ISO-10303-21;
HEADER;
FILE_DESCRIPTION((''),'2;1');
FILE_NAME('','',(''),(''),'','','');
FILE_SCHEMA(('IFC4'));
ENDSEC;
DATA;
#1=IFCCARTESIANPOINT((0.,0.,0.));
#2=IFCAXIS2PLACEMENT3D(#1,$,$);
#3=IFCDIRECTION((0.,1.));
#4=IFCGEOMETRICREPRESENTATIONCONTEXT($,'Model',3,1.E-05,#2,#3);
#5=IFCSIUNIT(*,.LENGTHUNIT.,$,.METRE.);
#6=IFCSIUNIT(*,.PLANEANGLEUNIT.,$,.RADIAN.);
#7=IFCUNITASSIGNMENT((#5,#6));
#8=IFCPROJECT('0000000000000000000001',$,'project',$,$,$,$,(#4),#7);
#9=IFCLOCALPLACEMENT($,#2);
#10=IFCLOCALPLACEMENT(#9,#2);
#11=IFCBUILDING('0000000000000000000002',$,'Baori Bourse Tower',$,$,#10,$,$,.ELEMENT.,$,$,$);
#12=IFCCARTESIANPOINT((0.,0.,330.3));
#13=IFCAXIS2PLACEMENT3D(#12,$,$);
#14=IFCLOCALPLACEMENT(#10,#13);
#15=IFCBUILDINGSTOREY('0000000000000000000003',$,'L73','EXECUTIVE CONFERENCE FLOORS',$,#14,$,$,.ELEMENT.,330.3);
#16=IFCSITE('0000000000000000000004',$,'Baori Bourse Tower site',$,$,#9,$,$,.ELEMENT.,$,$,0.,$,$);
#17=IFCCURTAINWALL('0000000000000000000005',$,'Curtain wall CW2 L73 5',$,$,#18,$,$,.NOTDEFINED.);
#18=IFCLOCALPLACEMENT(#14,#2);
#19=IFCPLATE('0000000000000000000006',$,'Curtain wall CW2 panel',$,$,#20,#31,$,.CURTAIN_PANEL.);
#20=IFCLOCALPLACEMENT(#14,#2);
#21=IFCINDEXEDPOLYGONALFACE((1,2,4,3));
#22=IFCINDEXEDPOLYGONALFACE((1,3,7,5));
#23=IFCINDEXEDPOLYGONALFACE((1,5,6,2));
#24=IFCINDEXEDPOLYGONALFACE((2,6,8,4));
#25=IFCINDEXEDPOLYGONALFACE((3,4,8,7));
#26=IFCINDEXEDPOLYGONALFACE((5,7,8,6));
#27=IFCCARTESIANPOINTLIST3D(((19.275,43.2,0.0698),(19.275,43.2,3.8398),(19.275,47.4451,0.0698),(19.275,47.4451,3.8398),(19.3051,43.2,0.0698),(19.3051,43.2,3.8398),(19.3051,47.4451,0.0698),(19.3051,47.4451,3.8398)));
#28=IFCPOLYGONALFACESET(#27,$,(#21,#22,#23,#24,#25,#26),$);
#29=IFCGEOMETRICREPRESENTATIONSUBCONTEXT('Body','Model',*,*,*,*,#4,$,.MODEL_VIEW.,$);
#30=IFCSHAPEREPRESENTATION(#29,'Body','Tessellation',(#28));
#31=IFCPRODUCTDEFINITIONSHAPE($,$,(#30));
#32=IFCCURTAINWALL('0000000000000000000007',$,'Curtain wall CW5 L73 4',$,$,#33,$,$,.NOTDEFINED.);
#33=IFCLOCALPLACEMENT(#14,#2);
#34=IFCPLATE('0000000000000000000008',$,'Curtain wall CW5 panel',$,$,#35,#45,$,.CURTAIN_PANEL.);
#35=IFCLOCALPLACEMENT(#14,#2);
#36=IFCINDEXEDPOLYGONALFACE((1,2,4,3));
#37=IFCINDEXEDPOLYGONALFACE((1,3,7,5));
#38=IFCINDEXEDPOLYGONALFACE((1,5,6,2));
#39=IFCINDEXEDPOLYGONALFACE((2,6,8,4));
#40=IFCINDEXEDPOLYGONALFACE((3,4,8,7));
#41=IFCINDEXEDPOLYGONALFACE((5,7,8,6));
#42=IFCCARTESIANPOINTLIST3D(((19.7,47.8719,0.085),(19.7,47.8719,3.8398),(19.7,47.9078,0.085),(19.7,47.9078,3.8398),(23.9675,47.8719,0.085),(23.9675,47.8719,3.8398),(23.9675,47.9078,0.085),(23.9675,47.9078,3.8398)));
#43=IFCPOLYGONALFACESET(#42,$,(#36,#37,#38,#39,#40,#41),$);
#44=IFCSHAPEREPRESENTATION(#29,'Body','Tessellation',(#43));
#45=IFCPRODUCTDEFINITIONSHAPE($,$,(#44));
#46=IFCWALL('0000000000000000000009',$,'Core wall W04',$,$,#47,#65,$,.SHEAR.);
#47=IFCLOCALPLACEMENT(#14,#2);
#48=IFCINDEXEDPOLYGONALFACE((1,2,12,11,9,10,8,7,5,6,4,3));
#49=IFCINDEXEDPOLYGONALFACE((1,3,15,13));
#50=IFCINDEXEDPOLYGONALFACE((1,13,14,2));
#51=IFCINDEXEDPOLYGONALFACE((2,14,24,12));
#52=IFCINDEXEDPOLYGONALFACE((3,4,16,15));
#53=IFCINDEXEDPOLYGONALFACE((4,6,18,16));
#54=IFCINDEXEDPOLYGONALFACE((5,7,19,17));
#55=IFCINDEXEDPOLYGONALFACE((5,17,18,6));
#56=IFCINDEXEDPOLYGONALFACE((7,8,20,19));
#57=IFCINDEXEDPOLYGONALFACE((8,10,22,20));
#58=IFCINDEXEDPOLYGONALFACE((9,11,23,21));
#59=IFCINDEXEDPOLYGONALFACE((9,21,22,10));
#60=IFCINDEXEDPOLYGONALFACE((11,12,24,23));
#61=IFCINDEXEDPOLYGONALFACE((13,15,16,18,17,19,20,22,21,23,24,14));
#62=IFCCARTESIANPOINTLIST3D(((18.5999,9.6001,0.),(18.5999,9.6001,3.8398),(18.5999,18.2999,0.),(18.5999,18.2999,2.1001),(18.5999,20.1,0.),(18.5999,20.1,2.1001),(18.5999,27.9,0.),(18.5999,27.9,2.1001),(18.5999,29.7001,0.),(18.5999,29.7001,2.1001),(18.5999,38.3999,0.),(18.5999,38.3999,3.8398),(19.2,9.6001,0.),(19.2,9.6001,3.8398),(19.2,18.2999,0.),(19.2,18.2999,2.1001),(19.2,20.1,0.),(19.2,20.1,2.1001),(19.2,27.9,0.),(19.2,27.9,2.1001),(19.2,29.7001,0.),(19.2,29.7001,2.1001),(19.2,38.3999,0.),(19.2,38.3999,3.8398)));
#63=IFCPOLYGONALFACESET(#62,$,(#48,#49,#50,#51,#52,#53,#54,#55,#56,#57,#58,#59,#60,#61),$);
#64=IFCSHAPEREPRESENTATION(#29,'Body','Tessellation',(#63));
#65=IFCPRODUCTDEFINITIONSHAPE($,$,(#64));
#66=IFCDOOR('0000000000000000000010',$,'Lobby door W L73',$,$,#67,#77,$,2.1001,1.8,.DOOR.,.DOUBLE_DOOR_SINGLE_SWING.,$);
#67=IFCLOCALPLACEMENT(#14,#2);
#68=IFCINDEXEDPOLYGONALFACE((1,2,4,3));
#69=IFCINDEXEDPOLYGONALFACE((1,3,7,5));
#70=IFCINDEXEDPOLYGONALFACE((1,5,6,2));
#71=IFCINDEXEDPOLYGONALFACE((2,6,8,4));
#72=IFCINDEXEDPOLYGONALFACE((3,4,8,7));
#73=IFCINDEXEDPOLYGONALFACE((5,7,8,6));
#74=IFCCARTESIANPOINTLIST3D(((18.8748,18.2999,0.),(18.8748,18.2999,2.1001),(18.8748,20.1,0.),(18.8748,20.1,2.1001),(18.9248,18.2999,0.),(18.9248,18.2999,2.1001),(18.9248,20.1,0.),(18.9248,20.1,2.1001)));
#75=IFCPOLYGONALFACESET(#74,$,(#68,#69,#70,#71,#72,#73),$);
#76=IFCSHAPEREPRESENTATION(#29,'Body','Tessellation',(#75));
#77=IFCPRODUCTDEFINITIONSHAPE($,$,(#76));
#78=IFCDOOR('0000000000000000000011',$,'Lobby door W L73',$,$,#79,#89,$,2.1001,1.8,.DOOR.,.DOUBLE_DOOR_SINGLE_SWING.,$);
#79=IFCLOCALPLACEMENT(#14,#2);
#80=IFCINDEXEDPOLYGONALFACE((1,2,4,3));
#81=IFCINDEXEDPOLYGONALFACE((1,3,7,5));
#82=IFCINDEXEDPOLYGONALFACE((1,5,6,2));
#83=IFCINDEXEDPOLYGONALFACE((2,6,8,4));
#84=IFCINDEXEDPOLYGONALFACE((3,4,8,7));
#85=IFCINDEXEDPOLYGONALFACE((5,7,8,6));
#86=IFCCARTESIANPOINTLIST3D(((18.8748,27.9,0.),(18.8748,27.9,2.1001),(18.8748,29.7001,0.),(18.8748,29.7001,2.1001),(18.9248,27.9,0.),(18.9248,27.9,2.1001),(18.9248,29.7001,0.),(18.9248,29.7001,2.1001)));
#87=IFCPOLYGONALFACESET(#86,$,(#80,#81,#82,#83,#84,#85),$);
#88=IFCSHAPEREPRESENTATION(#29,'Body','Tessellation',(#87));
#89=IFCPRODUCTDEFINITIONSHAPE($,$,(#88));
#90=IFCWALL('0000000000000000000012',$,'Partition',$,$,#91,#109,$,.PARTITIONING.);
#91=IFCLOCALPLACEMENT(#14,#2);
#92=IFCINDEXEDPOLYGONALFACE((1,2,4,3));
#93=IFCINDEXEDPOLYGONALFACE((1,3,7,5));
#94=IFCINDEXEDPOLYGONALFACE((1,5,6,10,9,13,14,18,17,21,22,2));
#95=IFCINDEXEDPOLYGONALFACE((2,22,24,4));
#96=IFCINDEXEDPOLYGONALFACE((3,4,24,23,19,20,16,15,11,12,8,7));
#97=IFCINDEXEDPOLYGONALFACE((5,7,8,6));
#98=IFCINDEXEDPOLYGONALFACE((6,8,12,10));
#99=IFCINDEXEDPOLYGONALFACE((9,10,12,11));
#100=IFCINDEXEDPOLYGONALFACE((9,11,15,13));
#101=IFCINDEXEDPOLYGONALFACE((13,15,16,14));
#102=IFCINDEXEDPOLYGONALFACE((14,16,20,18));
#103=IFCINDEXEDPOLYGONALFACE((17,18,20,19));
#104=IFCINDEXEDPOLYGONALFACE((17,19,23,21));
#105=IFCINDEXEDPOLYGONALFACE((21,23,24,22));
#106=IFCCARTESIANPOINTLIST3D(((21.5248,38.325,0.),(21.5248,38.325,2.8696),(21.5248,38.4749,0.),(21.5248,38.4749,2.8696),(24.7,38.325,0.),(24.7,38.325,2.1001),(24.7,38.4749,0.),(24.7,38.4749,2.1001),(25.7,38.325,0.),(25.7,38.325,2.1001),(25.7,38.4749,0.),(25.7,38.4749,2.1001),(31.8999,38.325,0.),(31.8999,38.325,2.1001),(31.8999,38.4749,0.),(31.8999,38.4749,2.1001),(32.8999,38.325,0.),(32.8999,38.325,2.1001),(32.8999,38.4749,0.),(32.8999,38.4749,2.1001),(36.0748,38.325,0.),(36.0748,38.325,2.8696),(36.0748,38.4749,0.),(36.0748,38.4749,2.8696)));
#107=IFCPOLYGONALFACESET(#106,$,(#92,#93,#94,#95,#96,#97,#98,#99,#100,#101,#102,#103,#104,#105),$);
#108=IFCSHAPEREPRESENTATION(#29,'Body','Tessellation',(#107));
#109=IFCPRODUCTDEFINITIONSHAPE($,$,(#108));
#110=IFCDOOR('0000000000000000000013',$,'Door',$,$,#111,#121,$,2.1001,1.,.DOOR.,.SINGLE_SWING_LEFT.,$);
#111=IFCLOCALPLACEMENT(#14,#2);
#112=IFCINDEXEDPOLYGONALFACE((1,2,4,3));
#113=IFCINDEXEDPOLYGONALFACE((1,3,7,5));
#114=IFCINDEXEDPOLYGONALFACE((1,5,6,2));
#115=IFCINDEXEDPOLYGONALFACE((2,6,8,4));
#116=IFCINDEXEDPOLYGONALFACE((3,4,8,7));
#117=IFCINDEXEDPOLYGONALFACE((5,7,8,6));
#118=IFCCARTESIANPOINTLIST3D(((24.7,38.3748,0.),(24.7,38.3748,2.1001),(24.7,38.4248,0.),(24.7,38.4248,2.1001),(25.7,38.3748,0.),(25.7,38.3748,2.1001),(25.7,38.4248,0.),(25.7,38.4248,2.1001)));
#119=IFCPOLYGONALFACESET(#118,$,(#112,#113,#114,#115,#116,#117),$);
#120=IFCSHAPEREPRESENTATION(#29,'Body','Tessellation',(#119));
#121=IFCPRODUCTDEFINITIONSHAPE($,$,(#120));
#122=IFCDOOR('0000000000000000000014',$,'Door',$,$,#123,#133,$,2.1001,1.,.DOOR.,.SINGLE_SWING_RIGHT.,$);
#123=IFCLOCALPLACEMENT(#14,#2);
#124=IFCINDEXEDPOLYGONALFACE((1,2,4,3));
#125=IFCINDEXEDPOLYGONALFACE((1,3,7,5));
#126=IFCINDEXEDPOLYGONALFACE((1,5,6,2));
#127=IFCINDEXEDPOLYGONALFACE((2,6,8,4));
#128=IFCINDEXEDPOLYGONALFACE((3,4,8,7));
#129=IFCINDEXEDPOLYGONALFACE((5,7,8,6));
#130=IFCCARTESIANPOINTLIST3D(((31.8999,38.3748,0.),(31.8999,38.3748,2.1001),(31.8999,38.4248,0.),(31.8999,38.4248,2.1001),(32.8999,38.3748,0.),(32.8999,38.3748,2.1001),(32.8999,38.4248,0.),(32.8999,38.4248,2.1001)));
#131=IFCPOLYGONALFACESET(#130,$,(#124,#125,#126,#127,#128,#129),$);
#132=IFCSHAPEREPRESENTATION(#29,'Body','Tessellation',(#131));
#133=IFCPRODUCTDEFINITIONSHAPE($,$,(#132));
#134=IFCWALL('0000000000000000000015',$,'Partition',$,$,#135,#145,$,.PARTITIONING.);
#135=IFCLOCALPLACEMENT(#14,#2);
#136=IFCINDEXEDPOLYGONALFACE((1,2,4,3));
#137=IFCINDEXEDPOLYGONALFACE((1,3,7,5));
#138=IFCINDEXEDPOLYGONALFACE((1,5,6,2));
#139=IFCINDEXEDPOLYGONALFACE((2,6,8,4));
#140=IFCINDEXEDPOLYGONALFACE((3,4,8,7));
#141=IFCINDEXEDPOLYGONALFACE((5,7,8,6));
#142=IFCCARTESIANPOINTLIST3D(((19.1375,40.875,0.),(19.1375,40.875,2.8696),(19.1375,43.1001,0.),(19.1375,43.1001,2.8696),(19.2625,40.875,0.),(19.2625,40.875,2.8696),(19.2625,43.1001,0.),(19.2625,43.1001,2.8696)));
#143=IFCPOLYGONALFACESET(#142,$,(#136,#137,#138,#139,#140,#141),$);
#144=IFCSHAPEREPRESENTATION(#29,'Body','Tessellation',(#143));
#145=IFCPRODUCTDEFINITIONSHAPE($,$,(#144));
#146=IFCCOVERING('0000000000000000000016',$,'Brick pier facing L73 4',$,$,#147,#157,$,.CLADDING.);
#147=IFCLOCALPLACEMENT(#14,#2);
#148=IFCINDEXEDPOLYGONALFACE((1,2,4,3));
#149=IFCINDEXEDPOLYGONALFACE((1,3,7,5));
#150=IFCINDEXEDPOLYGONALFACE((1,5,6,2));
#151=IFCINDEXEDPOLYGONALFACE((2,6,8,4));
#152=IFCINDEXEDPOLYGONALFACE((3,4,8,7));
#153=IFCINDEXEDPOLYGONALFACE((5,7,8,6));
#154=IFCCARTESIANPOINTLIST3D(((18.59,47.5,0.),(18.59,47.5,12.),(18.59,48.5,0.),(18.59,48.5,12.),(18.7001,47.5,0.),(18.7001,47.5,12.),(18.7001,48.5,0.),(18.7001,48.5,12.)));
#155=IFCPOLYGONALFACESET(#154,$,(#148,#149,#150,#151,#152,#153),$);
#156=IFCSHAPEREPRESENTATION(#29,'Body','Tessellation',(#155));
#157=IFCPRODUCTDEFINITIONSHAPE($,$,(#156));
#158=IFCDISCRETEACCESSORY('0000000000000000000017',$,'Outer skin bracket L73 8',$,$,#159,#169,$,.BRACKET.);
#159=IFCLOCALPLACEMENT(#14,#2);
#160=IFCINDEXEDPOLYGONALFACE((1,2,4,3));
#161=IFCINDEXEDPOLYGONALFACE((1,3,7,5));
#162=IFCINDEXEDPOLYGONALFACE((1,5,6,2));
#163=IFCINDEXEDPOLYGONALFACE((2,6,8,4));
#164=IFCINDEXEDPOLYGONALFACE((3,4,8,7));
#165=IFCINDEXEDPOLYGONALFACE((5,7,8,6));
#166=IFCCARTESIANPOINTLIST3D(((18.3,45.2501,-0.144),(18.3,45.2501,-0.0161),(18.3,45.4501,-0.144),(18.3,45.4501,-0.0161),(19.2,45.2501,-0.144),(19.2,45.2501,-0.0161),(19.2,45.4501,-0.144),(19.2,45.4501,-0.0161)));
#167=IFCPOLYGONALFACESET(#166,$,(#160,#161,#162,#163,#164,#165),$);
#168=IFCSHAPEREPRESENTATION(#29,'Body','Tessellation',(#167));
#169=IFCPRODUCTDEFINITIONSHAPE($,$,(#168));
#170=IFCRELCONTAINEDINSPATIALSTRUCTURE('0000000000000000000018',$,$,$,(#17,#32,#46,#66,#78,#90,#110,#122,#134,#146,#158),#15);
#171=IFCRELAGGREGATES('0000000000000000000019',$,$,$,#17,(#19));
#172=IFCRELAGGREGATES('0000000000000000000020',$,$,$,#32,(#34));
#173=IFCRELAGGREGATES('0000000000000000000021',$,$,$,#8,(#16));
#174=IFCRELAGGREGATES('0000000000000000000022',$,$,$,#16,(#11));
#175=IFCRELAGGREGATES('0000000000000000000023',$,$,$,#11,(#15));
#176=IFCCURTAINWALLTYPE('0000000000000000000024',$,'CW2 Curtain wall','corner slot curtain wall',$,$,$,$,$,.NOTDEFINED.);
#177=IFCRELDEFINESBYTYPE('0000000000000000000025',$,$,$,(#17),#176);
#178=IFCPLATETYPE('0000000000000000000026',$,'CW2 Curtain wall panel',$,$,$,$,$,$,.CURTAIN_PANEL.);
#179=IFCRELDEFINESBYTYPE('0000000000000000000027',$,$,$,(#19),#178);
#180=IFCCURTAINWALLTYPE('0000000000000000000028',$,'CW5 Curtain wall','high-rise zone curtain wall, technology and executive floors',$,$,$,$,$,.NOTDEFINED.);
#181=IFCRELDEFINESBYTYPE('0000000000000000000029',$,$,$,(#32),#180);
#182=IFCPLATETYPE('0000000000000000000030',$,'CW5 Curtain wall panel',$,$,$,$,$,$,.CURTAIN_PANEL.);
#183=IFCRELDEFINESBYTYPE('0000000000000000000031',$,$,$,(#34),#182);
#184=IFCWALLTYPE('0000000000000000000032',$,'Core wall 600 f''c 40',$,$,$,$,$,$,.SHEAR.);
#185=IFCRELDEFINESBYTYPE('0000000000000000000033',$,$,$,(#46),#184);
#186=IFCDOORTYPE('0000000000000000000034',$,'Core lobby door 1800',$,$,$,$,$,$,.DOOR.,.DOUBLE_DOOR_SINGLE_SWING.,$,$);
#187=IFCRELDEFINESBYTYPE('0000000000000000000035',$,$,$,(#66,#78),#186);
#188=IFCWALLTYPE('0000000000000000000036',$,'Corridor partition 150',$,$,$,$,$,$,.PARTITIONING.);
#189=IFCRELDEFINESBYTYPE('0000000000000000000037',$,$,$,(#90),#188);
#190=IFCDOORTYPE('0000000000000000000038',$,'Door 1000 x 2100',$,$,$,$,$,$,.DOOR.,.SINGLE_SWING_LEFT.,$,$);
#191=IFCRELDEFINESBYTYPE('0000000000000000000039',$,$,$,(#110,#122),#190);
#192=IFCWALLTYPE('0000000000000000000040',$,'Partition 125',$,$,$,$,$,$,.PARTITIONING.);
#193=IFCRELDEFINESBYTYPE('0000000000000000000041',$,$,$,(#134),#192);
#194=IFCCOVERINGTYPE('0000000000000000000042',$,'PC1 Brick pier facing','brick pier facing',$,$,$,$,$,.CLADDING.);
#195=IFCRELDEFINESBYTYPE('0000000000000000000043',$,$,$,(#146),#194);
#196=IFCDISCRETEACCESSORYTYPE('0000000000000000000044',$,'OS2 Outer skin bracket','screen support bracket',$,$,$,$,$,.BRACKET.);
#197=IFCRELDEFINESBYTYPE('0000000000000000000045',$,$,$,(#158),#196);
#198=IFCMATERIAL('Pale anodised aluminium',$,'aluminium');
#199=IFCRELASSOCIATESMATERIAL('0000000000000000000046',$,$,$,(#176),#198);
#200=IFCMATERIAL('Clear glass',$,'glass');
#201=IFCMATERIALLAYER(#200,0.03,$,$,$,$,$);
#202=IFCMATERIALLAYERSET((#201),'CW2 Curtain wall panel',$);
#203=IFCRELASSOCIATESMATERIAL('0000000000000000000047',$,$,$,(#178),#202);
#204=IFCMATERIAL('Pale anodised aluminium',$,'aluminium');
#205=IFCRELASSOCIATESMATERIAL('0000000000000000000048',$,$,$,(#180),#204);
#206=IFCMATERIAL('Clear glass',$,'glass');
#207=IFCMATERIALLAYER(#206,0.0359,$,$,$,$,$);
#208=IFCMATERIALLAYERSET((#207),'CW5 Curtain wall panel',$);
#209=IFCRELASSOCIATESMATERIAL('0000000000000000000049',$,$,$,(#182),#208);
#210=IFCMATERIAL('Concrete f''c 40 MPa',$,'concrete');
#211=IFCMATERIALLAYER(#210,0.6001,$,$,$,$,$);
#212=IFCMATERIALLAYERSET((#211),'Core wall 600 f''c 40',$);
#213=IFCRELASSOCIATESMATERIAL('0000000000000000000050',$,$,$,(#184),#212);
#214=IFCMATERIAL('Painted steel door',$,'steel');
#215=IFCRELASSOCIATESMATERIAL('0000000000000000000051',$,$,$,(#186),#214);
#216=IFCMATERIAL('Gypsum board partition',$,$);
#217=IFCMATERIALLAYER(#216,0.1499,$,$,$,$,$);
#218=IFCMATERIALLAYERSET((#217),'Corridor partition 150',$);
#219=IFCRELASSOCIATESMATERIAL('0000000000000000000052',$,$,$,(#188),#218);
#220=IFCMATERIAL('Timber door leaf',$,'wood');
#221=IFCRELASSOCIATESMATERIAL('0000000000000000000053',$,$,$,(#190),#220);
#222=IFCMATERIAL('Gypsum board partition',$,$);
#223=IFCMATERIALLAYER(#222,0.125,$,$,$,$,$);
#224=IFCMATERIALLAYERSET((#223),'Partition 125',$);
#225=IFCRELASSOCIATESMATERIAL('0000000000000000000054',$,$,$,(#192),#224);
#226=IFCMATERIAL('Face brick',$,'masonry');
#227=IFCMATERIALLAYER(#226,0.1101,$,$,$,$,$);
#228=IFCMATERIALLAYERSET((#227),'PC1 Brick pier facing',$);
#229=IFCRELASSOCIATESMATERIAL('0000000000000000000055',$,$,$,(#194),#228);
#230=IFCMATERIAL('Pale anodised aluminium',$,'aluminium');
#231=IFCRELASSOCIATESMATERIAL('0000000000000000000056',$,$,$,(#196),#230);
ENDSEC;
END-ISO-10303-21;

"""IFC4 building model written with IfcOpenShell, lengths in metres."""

from ifc_helpers import new_model, si_unit, direction, frame, frame_2d, origin, origin_2d, place, context, subcontext, project, spatial, rectangle, extrude, material, layer, layer_set, type_object, element, fill, aggregate, save


model = new_model("IFC4")

# Units and contexts
model_context = context("Model", 3, precision=1e-05, world=origin(), true_north=direction((0.0, 1.0)))
body_context = subcontext(model_context, "Body", "Model", "MODEL_VIEW")
ifc_project = project(units=[si_unit("LENGTHUNIT", "METRE"), si_unit("PLANEANGLEUNIT", "RADIAN")], contexts=[model_context])

# Site, building, storey
site_placement = place(None, origin())
site = spatial("IfcSite", under=ifc_project, at=site_placement, Name="Baori Bourse Tower site", CompositionType="ELEMENT", RefElevation=0.0)
building_placement = place(site_placement, origin())
building = spatial("IfcBuilding", under=site, at=building_placement, Name="Baori Bourse Tower", CompositionType="ELEMENT")
storey_placement = place(building_placement, frame((0.0, 0.0, 330.3)))
storey = spatial("IfcBuildingStorey", under=building, at=storey_placement, Name="L73", Description="EXECUTIVE CONFERENCE FLOORS", CompositionType="ELEMENT", Elevation=330.3)

# Curtain wall
ifc_material_1 = material(Name="Pale anodised aluminium", Category="aluminium")
curtain_wall_type_1 = type_object("IfcCurtainWallType", Name="CW2 Curtain wall", Description="corner slot curtain wall", PredefinedType="NOTDEFINED", material=ifc_material_1)
curtain_wall_1_placement = place(storey_placement, origin())
curtain_wall_1 = element("IfcCurtainWall", 1, at=curtain_wall_1_placement, inside=storey, type_object=curtain_wall_type_1, Name="Curtain wall CW2 L73 5", PredefinedType="NOTDEFINED")

# Plate
ifc_material_2 = material(Name="Clear glass", Category="glass")
ifc_layer_1 = layer(ifc_material_2, 0.03)
ifc_layer_set_1 = layer_set([ifc_layer_1], Name="CW2 Curtain wall panel")
plate_type_1 = type_object("IfcPlateType", Name="CW2 Curtain wall panel", PredefinedType="CURTAIN_PANEL", material=ifc_layer_set_1)
plate_1_placement = place(storey_placement, frame((19.29, 45.3225, 0.0698), z_axis=(0.0, 0.0, 1.0), x_axis=(0.0, -1.0, 0.0)))
plate_1 = element("IfcPlate", 2, at=plate_1_placement, type_object=plate_type_1, Name="Curtain wall CW2 panel", PredefinedType="CURTAIN_PANEL", context=body_context, shape_type="SweptSolid", body=[
    extrude(rectangle(XDim=4.2451, YDim=0.03, at=origin_2d()), origin(), (0.0, 0.0, 1.0), 3.77),
])
aggregate(curtain_wall_1, [plate_1])

# Curtain wall, plate
ifc_material_3 = material(Name="Pale anodised aluminium", Category="aluminium")
curtain_wall_type_2 = type_object("IfcCurtainWallType", Name="CW5 Curtain wall", Description="high-rise zone curtain wall, technology and executive floors", PredefinedType="NOTDEFINED", material=ifc_material_3)
curtain_wall_2_placement = place(storey_placement, origin())
curtain_wall_2 = element("IfcCurtainWall", 3, at=curtain_wall_2_placement, inside=storey, type_object=curtain_wall_type_2, Name="Curtain wall CW5 L73 4", PredefinedType="NOTDEFINED")
ifc_material_4 = material(Name="Clear glass", Category="glass")
ifc_layer_2 = layer(ifc_material_4, 0.0359)
ifc_layer_set_2 = layer_set([ifc_layer_2], Name="CW5 Curtain wall panel")
plate_type_2 = type_object("IfcPlateType", Name="CW5 Curtain wall panel", PredefinedType="CURTAIN_PANEL", material=ifc_layer_set_2)
plate_2_placement = place(storey_placement, frame((21.8337, 47.8899, 0.085), z_axis=(0.0, 0.0, 1.0), x_axis=(-1.0, 0.0, 0.0)))
plate_2 = element("IfcPlate", 4, at=plate_2_placement, type_object=plate_type_2, Name="Curtain wall CW5 panel", PredefinedType="CURTAIN_PANEL", context=body_context, shape_type="SweptSolid", body=[
    extrude(rectangle(XDim=4.2676, YDim=0.0359, at=origin_2d()), origin(), (0.0, 0.0, 1.0), 3.7549),
])
aggregate(curtain_wall_2, [plate_2])

# Walls, openings, doors
ifc_material_5 = material(Name="Concrete f'c 40 MPa", Category="concrete")
ifc_layer_3 = layer(ifc_material_5, 0.6001)
ifc_layer_set_3 = layer_set([ifc_layer_3], Name="Core wall 600 f'c 40")
wall_type_1 = type_object("IfcWallType", Name="Core wall 600 f'c 40", PredefinedType="SHEAR", material=ifc_layer_set_3)
wall_1_placement = place(storey_placement, frame((18.8999, 38.3999, 0.0), z_axis=(0.0, 0.0, 1.0), x_axis=(0.0, -1.0, 0.0)))
wall_1 = element("IfcWall", 5, at=wall_1_placement, inside=storey, type_object=wall_type_1, Name="Core wall W04", PredefinedType="SHEAR", context=body_context, shape_type="SweptSolid", body=[
    extrude(rectangle(XDim=28.7998, YDim=0.6001, at=frame_2d((14.3999, 0.0))), origin(), (0.0, 0.0, 1.0), 3.8398),
])
opening_1_placement = place(wall_1_placement, frame((18.3, 0.0, 0.0)))
opening_1 = element("IfcOpeningElement", 6, at=opening_1_placement, cuts=wall_1, PredefinedType="OPENING", context=body_context, shape_type="SweptSolid", body=[
    extrude(rectangle(XDim=1.8, YDim=2.1001, at=frame_2d((0.8999, 1.05))), frame((0.0, 0.3101, 0.0), z_axis=(0.0, -1.0, 0.0), x_axis=(1.0, 0.0, 0.0)), (0.0, 0.0, 1.0), 0.6201),
])
opening_2_placement = place(wall_1_placement, frame((8.7, 0.0, 0.0)))
opening_2 = element("IfcOpeningElement", 7, at=opening_2_placement, cuts=wall_1, PredefinedType="OPENING", context=body_context, shape_type="SweptSolid", body=[
    extrude(rectangle(XDim=1.8, YDim=2.1001, at=frame_2d((0.8999, 1.05))), frame((0.0, 0.3101, 0.0), z_axis=(0.0, -1.0, 0.0), x_axis=(1.0, 0.0, 0.0)), (0.0, 0.0, 1.0), 0.6201),
])
ifc_material_6 = material(Name="Painted steel door", Category="steel")
door_type_1 = type_object("IfcDoorType", Name="Core lobby door 1800", OperationType="DOUBLE_DOOR_SINGLE_SWING", PredefinedType="DOOR", material=ifc_material_6)
door_1_placement = place(opening_1_placement, origin())
door_1 = element("IfcDoor", 8, at=door_1_placement, inside=storey, type_object=door_type_1, Name="Lobby door W L73", OperationType="DOUBLE_DOOR_SINGLE_SWING", OverallHeight=2.1001, OverallWidth=1.8, PredefinedType="DOOR", context=body_context, shape_type="SweptSolid", body=[
    extrude(rectangle(XDim=1.8, YDim=2.1001, at=frame_2d((0.8999, 1.05))), frame((0.0, 0.0249, 0.0), z_axis=(0.0, -1.0, 0.0), x_axis=(1.0, 0.0, 0.0)), (0.0, 0.0, 1.0), 0.05),
])
fill(opening_1, door_1)
door_2_placement = place(opening_2_placement, origin())
door_2 = element("IfcDoor", 9, at=door_2_placement, inside=storey, type_object=door_type_1, Name="Lobby door W L73", OperationType="DOUBLE_DOOR_SINGLE_SWING", OverallHeight=2.1001, OverallWidth=1.8, PredefinedType="DOOR", context=body_context, shape_type="SweptSolid", body=[
    extrude(rectangle(XDim=1.8, YDim=2.1001, at=frame_2d((0.8999, 1.05))), frame((0.0, 0.0249, 0.0), z_axis=(0.0, -1.0, 0.0), x_axis=(1.0, 0.0, 0.0)), (0.0, 0.0, 1.0), 0.05),
])
fill(opening_2, door_2)
ifc_material_7 = material(Name="Gypsum board partition")
ifc_layer_4 = layer(ifc_material_7, 0.1499)
ifc_layer_set_4 = layer_set([ifc_layer_4], Name="Corridor partition 150")
wall_type_2 = type_object("IfcWallType", Name="Corridor partition 150", PredefinedType="PARTITIONING", material=ifc_layer_set_4)
wall_2_placement = place(storey_placement, frame((21.5249, 38.3999, 0.0), z_axis=(0.0, 0.0, 1.0), x_axis=(1.0, 0.0, 0.0)))
wall_2 = element("IfcWall", 10, at=wall_2_placement, inside=storey, type_object=wall_type_2, Name="Partition", PredefinedType="PARTITIONING", context=body_context, shape_type="SweptSolid", body=[
    extrude(rectangle(XDim=14.55, YDim=0.1499, at=frame_2d((7.2749, 0.0))), origin(), (0.0, 0.0, 1.0), 2.8696),
])
opening_3_placement = place(wall_2_placement, frame((3.175, 0.0, 0.0)))
opening_3 = element("IfcOpeningElement", 11, at=opening_3_placement, cuts=wall_2, PredefinedType="OPENING", context=body_context, shape_type="SweptSolid", body=[
    extrude(rectangle(XDim=1.0, YDim=2.1001, at=frame_2d((0.5, 1.05))), frame((0.0, 0.085, 0.0), z_axis=(0.0, -1.0, 0.0), x_axis=(1.0, 0.0, 0.0)), (0.0, 0.0, 1.0), 0.1699),
])
opening_4_placement = place(wall_2_placement, frame((10.375, 0.0, 0.0)))
opening_4 = element("IfcOpeningElement", 12, at=opening_4_placement, cuts=wall_2, PredefinedType="OPENING", context=body_context, shape_type="SweptSolid", body=[
    extrude(rectangle(XDim=1.0, YDim=2.1001, at=frame_2d((0.5, 1.05))), frame((0.0, 0.085, 0.0), z_axis=(0.0, -1.0, 0.0), x_axis=(1.0, 0.0, 0.0)), (0.0, 0.0, 1.0), 0.1699),
])
ifc_material_8 = material(Name="Timber door leaf", Category="wood")
door_type_2 = type_object("IfcDoorType", Name="Door 1000 x 2100", OperationType="SINGLE_SWING_LEFT", PredefinedType="DOOR", material=ifc_material_8)
door_3_placement = place(opening_3_placement, origin())
door_3 = element("IfcDoor", 13, at=door_3_placement, inside=storey, type_object=door_type_2, Name="Door", OperationType="SINGLE_SWING_LEFT", OverallHeight=2.1001, OverallWidth=1.0, PredefinedType="DOOR", context=body_context, shape_type="SweptSolid", body=[
    extrude(rectangle(XDim=1.0, YDim=2.1001, at=frame_2d((0.5, 1.05))), frame((0.0, 0.0249, 0.0), z_axis=(0.0, -1.0, 0.0), x_axis=(1.0, 0.0, 0.0)), (0.0, 0.0, 1.0), 0.05),
])
fill(opening_3, door_3)
door_4_placement = place(opening_4_placement, origin())
door_4 = element("IfcDoor", 14, at=door_4_placement, inside=storey, type_object=door_type_2, Name="Door", OperationType="SINGLE_SWING_RIGHT", OverallHeight=2.1001, OverallWidth=1.0, PredefinedType="DOOR", context=body_context, shape_type="SweptSolid", body=[
    extrude(rectangle(XDim=1.0, YDim=2.1001, at=frame_2d((0.5, 1.05))), frame((0.0, 0.0249, 0.0), z_axis=(0.0, -1.0, 0.0), x_axis=(1.0, 0.0, 0.0)), (0.0, 0.0, 1.0), 0.05),
])
fill(opening_4, door_4)

# Wall
ifc_material_9 = material(Name="Gypsum board partition")
ifc_layer_5 = layer(ifc_material_9, 0.125)
ifc_layer_set_5 = layer_set([ifc_layer_5], Name="Partition 125")
wall_type_3 = type_object("IfcWallType", Name="Partition 125", PredefinedType="PARTITIONING", material=ifc_layer_set_5)
wall_3_placement = place(storey_placement, frame((19.2, 40.875, 0.0), z_axis=(0.0, 0.0, 1.0), x_axis=(0.0, 1.0, 0.0)))
element("IfcWall", 15, at=wall_3_placement, inside=storey, type_object=wall_type_3, Name="Partition", PredefinedType="PARTITIONING", context=body_context, shape_type="SweptSolid", body=[
    extrude(rectangle(XDim=2.2251, YDim=0.125, at=frame_2d((1.1125, 0.0))), origin(), (0.0, 0.0, 1.0), 2.8696),
])

# Covering
ifc_material_10 = material(Name="Face brick", Category="masonry")
ifc_layer_6 = layer(ifc_material_10, 0.1101)
ifc_layer_set_6 = layer_set([ifc_layer_6], Name="PC1 Brick pier facing")
covering_type = type_object("IfcCoveringType", Name="PC1 Brick pier facing", Description="brick pier facing", PredefinedType="CLADDING", material=ifc_layer_set_6)
covering_placement = place(storey_placement, frame((18.645, 48.0, 0.0), z_axis=(0.0, 0.0, 1.0), x_axis=(1.0, 0.0, 0.0)))
element("IfcCovering", 16, at=covering_placement, inside=storey, type_object=covering_type, Name="Brick pier facing L73 4", PredefinedType="CLADDING", context=body_context, shape_type="SweptSolid", body=[
    extrude(rectangle(XDim=0.1101, YDim=1.0, at=origin_2d()), origin(), (0.0, 0.0, 1.0), 12.0),
])

# Discrete accessory
ifc_material_11 = material(Name="Pale anodised aluminium", Category="aluminium")
discrete_accessory_type = type_object("IfcDiscreteAccessoryType", Name="OS2 Outer skin bracket", Description="screen support bracket", PredefinedType="BRACKET", material=ifc_material_11)
discrete_accessory_placement = place(storey_placement, frame((18.75, 45.3501, -0.144), z_axis=(0.0, 0.0, 1.0), x_axis=(0.0, -1.0, 0.0)))
element("IfcDiscreteAccessory", 17, at=discrete_accessory_placement, inside=storey, type_object=discrete_accessory_type, Name="Outer skin bracket L73 8", PredefinedType="BRACKET", context=body_context, shape_type="SweptSolid", body=[
    extrude(rectangle(XDim=0.2, YDim=0.8999, at=origin_2d()), origin(), (0.0, 0.0, 1.0), 0.1279),
])

save(model, "model.ifc")
